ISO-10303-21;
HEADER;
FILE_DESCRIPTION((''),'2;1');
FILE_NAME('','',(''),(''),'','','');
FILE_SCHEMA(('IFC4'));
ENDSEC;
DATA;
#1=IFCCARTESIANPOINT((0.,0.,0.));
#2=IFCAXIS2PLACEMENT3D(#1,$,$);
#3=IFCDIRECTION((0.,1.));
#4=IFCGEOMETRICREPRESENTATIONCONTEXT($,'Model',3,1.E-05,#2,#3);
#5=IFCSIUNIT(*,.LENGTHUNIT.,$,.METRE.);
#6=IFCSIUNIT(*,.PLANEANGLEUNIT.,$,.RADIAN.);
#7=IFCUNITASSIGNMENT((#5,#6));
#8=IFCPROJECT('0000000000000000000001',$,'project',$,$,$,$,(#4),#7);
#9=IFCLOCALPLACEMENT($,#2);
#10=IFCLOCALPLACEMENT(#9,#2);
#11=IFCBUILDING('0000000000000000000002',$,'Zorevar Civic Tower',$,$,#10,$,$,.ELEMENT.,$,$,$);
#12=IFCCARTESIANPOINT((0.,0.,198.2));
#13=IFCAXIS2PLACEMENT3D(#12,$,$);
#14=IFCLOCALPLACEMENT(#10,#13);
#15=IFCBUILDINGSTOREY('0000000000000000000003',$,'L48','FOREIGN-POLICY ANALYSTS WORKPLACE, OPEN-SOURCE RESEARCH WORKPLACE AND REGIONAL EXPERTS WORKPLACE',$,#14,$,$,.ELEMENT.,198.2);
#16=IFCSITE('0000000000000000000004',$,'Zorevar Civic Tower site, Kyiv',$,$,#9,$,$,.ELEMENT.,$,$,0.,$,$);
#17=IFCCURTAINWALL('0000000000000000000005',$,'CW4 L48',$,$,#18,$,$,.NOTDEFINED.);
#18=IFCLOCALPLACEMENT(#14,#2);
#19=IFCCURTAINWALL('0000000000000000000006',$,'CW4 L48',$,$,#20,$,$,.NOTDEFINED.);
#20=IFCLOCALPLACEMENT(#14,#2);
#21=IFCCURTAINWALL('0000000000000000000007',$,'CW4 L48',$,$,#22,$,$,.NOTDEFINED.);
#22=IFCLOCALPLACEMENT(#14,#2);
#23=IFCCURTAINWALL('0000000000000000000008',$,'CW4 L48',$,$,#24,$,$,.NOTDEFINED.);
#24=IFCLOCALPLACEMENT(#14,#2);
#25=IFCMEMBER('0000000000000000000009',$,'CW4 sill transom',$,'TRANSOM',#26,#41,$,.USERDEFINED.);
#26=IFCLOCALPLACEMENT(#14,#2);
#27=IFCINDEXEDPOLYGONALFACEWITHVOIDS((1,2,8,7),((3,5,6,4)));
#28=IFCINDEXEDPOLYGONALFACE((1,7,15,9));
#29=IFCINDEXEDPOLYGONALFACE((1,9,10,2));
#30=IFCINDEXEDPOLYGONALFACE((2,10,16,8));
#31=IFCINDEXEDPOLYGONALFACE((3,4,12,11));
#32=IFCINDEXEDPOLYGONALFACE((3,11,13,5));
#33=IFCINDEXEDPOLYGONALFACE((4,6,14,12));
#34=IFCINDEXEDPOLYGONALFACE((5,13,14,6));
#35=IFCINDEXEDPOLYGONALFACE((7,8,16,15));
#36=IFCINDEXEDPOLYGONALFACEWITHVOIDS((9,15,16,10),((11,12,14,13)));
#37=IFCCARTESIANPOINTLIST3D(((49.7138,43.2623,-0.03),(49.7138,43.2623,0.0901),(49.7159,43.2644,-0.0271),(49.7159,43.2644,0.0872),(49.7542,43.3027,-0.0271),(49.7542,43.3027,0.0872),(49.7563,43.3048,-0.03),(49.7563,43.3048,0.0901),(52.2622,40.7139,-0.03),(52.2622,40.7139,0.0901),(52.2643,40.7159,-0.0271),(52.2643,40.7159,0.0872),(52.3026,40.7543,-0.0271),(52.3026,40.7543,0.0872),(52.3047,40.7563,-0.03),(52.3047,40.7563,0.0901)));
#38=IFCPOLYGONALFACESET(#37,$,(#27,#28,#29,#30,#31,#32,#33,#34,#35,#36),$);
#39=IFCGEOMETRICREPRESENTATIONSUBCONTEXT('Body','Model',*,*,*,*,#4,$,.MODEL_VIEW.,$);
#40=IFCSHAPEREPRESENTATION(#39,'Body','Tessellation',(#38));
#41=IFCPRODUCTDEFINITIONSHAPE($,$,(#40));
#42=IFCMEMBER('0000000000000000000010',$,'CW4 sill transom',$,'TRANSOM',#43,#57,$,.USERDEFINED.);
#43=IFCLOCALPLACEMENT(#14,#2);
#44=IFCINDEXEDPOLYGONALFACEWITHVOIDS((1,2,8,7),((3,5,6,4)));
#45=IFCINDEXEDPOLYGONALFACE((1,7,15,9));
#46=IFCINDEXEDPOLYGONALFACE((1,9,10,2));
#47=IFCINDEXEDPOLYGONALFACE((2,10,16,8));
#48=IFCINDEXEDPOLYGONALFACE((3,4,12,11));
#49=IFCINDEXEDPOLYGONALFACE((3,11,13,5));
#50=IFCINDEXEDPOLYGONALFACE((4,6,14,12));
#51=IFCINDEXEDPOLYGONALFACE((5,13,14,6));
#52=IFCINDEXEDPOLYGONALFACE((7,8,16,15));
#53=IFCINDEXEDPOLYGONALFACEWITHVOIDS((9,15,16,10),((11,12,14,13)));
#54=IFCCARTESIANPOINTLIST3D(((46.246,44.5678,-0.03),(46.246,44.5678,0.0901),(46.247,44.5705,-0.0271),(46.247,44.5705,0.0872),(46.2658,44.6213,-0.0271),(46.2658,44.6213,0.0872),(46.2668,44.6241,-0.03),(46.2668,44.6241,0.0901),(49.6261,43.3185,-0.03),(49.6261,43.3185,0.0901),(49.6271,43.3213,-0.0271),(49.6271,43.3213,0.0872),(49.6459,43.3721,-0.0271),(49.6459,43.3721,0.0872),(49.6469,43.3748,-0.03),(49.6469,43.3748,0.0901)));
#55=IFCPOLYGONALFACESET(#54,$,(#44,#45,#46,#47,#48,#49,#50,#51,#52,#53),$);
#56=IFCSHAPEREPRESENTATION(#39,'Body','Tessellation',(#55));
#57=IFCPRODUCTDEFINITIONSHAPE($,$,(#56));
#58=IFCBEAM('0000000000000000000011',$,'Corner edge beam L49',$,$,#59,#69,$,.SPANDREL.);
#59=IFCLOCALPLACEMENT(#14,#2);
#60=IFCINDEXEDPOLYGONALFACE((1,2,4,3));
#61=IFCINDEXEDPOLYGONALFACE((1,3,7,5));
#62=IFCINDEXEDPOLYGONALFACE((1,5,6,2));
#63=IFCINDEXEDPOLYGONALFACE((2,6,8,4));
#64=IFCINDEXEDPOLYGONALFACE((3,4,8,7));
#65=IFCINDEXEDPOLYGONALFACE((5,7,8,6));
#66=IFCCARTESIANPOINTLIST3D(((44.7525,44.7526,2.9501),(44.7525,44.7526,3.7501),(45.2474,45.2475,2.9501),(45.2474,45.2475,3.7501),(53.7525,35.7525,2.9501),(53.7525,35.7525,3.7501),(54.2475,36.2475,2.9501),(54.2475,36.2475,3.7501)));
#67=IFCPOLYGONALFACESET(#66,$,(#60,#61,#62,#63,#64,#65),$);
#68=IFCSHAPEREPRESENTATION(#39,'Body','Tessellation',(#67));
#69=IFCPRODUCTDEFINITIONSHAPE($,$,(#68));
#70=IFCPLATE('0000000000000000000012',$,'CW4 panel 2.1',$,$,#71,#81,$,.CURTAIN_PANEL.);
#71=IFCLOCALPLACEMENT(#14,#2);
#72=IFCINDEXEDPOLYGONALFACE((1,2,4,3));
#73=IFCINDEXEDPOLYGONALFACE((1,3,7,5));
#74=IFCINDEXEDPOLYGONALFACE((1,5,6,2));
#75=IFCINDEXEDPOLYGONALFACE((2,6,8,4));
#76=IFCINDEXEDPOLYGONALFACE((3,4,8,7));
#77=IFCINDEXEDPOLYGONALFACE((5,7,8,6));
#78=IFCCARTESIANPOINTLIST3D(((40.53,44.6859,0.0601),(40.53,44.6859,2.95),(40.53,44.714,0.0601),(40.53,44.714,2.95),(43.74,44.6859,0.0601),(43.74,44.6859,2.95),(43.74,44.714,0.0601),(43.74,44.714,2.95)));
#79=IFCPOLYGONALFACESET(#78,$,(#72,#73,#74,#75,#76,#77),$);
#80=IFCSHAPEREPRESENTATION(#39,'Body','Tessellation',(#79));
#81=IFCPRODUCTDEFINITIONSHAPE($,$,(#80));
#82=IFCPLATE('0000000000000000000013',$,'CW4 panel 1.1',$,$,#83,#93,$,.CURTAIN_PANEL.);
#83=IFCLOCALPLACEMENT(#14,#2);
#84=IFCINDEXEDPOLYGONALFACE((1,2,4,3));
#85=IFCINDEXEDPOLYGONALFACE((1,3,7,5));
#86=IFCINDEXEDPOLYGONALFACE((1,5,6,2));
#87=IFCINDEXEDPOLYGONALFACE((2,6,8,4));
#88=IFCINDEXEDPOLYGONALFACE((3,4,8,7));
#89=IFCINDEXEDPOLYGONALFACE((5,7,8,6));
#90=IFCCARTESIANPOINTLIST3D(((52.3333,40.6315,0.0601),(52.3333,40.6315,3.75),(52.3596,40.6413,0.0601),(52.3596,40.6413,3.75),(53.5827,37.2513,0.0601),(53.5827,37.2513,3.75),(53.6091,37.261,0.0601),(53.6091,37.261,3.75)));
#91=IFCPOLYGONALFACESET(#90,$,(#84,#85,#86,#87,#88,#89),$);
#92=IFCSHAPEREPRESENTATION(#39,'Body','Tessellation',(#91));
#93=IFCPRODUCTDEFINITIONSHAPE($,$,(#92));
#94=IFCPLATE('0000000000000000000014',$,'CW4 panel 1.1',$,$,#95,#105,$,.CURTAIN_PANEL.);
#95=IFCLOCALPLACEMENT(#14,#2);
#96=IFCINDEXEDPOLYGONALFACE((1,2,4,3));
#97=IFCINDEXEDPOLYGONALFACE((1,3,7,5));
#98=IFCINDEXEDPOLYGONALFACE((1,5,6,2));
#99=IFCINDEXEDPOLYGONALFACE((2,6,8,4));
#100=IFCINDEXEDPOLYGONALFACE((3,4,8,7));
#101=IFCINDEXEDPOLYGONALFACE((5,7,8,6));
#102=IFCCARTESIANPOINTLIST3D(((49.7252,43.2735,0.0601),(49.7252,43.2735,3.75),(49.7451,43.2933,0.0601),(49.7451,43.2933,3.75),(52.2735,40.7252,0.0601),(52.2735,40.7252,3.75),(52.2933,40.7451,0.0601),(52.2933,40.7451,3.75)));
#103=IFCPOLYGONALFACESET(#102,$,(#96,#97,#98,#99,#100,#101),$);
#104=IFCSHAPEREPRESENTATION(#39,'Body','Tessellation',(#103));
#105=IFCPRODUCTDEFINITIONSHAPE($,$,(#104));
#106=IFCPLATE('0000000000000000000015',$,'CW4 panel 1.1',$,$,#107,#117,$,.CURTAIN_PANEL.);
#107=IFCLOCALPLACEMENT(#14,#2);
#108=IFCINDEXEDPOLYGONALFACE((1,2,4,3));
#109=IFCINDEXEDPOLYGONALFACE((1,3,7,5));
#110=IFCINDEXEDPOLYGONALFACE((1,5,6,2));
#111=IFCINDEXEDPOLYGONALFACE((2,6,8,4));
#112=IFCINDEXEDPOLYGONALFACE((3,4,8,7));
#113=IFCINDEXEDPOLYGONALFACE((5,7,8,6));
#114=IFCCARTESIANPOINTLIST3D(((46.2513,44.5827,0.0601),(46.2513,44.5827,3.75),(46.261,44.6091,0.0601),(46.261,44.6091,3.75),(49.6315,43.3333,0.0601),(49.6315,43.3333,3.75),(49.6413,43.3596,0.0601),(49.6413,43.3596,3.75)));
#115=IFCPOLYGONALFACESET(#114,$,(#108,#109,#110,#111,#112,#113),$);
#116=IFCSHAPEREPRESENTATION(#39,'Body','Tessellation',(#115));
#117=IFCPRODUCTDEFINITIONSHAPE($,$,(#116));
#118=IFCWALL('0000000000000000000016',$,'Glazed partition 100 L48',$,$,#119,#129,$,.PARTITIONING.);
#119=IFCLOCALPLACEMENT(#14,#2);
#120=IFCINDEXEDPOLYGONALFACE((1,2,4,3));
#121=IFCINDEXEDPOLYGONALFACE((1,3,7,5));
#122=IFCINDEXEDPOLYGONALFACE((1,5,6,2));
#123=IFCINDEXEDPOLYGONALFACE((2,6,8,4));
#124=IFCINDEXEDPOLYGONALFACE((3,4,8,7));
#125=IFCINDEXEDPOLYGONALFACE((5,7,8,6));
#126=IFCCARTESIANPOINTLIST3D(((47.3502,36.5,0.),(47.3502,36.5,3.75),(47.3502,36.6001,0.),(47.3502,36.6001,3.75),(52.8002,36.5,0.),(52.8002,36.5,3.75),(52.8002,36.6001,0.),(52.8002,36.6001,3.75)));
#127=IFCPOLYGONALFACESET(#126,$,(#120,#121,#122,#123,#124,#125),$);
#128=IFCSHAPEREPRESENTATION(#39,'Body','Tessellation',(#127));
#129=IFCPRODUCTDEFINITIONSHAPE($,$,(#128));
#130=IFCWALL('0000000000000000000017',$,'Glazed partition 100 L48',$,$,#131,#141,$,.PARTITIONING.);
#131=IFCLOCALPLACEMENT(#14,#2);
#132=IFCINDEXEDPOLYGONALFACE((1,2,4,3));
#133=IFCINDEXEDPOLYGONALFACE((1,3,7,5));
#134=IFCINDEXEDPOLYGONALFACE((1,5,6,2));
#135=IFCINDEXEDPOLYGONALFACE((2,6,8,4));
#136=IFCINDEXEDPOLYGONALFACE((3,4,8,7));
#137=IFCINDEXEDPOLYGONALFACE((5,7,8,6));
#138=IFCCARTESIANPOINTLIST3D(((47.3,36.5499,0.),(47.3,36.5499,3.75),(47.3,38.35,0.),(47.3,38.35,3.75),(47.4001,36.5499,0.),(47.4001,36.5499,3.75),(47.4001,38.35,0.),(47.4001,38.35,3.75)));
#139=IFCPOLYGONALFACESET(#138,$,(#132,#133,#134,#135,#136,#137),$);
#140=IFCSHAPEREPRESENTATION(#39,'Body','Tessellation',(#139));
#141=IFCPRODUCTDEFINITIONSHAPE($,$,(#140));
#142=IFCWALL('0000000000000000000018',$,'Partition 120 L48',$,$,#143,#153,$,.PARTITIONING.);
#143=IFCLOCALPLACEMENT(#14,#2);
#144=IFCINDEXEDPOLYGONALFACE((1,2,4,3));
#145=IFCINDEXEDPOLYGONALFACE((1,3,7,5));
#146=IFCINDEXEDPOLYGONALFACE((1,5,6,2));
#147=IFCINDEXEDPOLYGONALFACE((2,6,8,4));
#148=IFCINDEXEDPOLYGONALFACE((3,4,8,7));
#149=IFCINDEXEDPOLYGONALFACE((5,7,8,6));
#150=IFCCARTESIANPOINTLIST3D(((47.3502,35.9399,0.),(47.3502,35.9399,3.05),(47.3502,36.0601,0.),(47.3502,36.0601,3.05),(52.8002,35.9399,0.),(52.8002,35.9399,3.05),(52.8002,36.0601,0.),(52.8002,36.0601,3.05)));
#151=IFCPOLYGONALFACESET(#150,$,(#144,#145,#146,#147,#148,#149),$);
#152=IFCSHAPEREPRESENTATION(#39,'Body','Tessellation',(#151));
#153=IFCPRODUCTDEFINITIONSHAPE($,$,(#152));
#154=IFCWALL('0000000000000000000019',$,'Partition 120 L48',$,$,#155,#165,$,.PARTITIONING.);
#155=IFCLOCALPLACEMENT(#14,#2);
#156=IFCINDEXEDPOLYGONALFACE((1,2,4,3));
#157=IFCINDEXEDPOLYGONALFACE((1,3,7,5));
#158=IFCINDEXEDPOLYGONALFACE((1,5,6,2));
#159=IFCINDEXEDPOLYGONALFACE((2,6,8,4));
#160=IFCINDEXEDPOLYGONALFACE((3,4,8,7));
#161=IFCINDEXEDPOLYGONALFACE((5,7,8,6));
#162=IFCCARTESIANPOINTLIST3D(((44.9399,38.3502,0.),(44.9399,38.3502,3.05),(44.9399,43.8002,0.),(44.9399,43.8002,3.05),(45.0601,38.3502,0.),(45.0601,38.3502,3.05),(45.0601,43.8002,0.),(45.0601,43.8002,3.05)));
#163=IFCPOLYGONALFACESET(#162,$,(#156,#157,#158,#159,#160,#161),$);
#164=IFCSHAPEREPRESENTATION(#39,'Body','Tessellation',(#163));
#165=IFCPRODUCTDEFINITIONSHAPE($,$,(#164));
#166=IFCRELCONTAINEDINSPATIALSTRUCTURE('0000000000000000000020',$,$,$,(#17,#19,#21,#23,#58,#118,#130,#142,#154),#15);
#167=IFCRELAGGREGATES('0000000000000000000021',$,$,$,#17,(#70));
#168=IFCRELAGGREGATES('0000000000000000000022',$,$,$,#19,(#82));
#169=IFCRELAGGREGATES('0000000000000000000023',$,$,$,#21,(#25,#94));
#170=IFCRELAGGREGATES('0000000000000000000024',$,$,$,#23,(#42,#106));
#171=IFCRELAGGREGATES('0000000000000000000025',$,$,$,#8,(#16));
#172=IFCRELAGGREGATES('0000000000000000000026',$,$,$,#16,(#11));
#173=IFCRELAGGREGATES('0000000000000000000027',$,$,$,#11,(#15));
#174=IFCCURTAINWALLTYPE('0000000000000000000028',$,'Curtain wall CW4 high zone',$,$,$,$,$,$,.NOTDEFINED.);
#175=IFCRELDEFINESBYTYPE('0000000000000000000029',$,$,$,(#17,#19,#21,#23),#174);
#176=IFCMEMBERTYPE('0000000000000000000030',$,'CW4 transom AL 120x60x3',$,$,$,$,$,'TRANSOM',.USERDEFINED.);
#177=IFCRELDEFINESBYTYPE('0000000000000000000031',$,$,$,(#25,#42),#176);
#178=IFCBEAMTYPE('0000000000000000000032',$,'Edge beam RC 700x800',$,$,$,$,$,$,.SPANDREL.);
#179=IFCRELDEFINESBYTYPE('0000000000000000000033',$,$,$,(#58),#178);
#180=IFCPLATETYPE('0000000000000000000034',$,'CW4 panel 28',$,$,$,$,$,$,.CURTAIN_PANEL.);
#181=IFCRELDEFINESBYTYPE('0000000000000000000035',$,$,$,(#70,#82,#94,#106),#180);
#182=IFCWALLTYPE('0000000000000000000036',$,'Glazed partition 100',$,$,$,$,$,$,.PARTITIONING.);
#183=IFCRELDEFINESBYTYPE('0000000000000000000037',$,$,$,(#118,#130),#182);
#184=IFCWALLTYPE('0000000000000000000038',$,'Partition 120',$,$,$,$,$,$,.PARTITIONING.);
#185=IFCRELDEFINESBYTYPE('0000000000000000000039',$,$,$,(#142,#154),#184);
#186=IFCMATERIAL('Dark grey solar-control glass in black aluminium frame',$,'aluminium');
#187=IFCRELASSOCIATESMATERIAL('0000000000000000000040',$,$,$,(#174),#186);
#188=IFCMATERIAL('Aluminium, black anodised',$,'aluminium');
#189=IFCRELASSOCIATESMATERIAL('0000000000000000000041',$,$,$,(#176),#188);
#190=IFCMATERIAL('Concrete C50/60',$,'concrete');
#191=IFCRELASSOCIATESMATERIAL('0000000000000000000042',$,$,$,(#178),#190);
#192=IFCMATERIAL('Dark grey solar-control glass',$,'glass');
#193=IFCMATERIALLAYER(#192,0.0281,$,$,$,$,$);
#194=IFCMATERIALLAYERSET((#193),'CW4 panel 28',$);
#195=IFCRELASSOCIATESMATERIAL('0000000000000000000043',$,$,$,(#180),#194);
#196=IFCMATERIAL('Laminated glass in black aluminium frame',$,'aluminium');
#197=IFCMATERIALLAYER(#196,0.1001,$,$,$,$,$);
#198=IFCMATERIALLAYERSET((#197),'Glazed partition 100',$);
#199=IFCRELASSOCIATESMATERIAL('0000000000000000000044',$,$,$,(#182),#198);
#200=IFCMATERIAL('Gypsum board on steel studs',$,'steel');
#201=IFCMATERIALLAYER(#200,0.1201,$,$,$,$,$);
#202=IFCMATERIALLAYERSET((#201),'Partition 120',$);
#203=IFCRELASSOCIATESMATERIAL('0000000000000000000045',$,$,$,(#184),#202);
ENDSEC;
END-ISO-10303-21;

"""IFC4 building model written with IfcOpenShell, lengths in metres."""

from ifc_helpers import new_model, si_unit, direction, frame, frame_2d, origin, origin_2d, place, context, subcontext, project, spatial, rectangle, hollow_rectangle, extrude, material, layer, layer_set, material_profile, profile_set, type_object, element, aggregate, save


model = new_model("IFC4")

# Units and contexts
model_context = context("Model", 3, precision=1e-05, world=origin(), true_north=direction((0.0, 1.0)))
body_context = subcontext(model_context, "Body", "Model", "MODEL_VIEW")
ifc_project = project(units=[si_unit("LENGTHUNIT", "METRE"), si_unit("PLANEANGLEUNIT", "RADIAN")], contexts=[model_context])

# Site, building, storey
site_placement = place(None, origin())
site = spatial("IfcSite", under=ifc_project, at=site_placement, Name="Zorevar Civic Tower site, Kyiv", CompositionType="ELEMENT", RefElevation=0.0)
building_placement = place(site_placement, origin())
building = spatial("IfcBuilding", under=site, at=building_placement, Name="Zorevar Civic Tower", CompositionType="ELEMENT")
storey_placement = place(building_placement, frame((0.0, 0.0, 198.2)))
storey = spatial("IfcBuildingStorey", under=building, at=storey_placement, Name="L48", Description="FOREIGN-POLICY ANALYSTS WORKPLACE, OPEN-SOURCE RESEARCH WORKPLACE AND REGIONAL EXPERTS WORKPLACE", CompositionType="ELEMENT", Elevation=198.2)

# Curtain wall
ifc_material_1 = material(Name="Dark grey solar-control glass in black aluminium frame", Category="aluminium")
curtain_wall_type = type_object("IfcCurtainWallType", Name="Curtain wall CW4 high zone", PredefinedType="NOTDEFINED", material=ifc_material_1)
curtain_wall_1_placement = place(storey_placement, origin())
curtain_wall_1 = element("IfcCurtainWall", 1, at=curtain_wall_1_placement, inside=storey, type_object=curtain_wall_type, Name="CW4 L48", PredefinedType="NOTDEFINED")

# Curtain walls
curtain_wall_2_placement = place(storey_placement, origin())
curtain_wall_2 = element("IfcCurtainWall", 2, at=curtain_wall_2_placement, inside=storey, type_object=curtain_wall_type, Name="CW4 L48", PredefinedType="NOTDEFINED")
curtain_wall_3_placement = place(storey_placement, origin())
curtain_wall_3 = element("IfcCurtainWall", 3, at=curtain_wall_3_placement, inside=storey, type_object=curtain_wall_type, Name="CW4 L48", PredefinedType="NOTDEFINED")
curtain_wall_4_placement = place(storey_placement, origin())
curtain_wall_4 = element("IfcCurtainWall", 4, at=curtain_wall_4_placement, inside=storey, type_object=curtain_wall_type, Name="CW4 L48", PredefinedType="NOTDEFINED")

# Members
ifc_material_2 = material(Name="Aluminium, black anodised", Category="aluminium")
ifc_material_profile_1 = material_profile(ifc_material_2, hollow_rectangle(XDim=0.0601, YDim=0.1201, WallThickness=0.0029, at=origin_2d()), Name="AL 120x60x3")
ifc_profile_set_1 = profile_set([ifc_material_profile_1], Name="Aluminium, black anodised")
member_type_1 = type_object("IfcMemberType", Name="CW4 transom AL 120x60x3", ElementType="TRANSOM", PredefinedType="USERDEFINED", material=ifc_profile_set_1)
member_1_placement = place(storey_placement, frame((52.2834, 40.7351, 0.03), z_axis=(-0.707107, 0.707107, 0.0), x_axis=(-0.707107, -0.707107, 0.0)))
member_1 = element("IfcMember", 5, at=member_1_placement, type_object=member_type_1, Name="CW4 sill transom", ObjectType="TRANSOM", PredefinedType="USERDEFINED", context=body_context, shape_type="SweptSolid", body=[
    extrude(hollow_rectangle(XDim=0.0601, YDim=0.1201, WallThickness=0.0029, at=origin_2d()), origin(), (0.0, 0.0, 1.0), 3.604),
])
member_2_placement = place(storey_placement, frame((49.6365, 43.3467, 0.03), z_axis=(-0.937986, 0.346672, 0.0), x_axis=(-0.346672, -0.937986, 0.0)))
member_2 = element("IfcMember", 6, at=member_2_placement, type_object=member_type_1, Name="CW4 sill transom", ObjectType="TRANSOM", PredefinedType="USERDEFINED", context=body_context, shape_type="SweptSolid", body=[
    extrude(hollow_rectangle(XDim=0.0601, YDim=0.1201, WallThickness=0.0029, at=origin_2d()), origin(), (0.0, 0.0, 1.0), 3.6035),
])

# Beam
ifc_material_3 = material(Name="Concrete C50/60", Category="concrete")
ifc_material_profile_2 = material_profile(ifc_material_3, rectangle(XDim=0.7, YDim=0.8, at=origin_2d()), Name="RC 700x800")
ifc_profile_set_2 = profile_set([ifc_material_profile_2], Name="Concrete C50/60")
beam_type_1 = type_object("IfcBeamType", Name="Edge beam RC 700x800", PredefinedType="SPANDREL", material=ifc_profile_set_2)
beam_1_placement = place(storey_placement, frame((54.0, 36.0, 3.3501), z_axis=(-0.707107, 0.707107, 0.0), x_axis=(-0.707107, -0.707107, 0.0)))
element("IfcBeam", 7, at=beam_1_placement, inside=storey, type_object=beam_type_1, Name="Corner edge beam L49", PredefinedType="SPANDREL", context=body_context, shape_type="SweptSolid", body=[
    extrude(rectangle(XDim=0.7, YDim=0.8, at=origin_2d()), origin(), (0.0, 0.0, 1.0), 12.728),
])

# Plates
ifc_material_4 = material(Name="Dark grey solar-control glass", Category="glass")
ifc_layer_1 = layer(ifc_material_4, 0.0281)
ifc_layer_set_1 = layer_set([ifc_layer_1], Name="CW4 panel 28")
plate_type = type_object("IfcPlateType", Name="CW4 panel 28", PredefinedType="CURTAIN_PANEL", material=ifc_layer_set_1)
plate_1_placement = place(storey_placement, frame((42.135, 44.7, 0.0601), z_axis=(0.0, 0.0, 1.0), x_axis=(1.0, 0.0, 0.0)))
plate_1 = element("IfcPlate", 8, at=plate_1_placement, type_object=plate_type, Name="CW4 panel 2.1", PredefinedType="CURTAIN_PANEL", context=body_context, shape_type="SweptSolid", body=[
    extrude(rectangle(XDim=3.21, YDim=0.0281, at=origin_2d()), origin(), (0.0, 0.0, 1.0), 2.8899),
])
aggregate(curtain_wall_1, [plate_1])
plate_2_placement = place(storey_placement, frame((52.9712, 38.9463, 0.0601), z_axis=(0.0, 0.0, 1.0), x_axis=(-0.346704, 0.937975, 0.0)))
plate_2 = element("IfcPlate", 9, at=plate_2_placement, type_object=plate_type, Name="CW4 panel 1.1", PredefinedType="CURTAIN_PANEL", context=body_context, shape_type="SweptSolid", body=[
    extrude(rectangle(XDim=3.6038, YDim=0.0281, at=origin_2d()), origin(), (0.0, 0.0, 1.0), 3.6899),
])
aggregate(curtain_wall_2, [plate_2])
plate_3_placement = place(storey_placement, frame((51.0093, 42.0093, 0.0601), z_axis=(0.0, 0.0, 1.0), x_axis=(-0.707107, 0.707107, 0.0)))
plate_3 = element("IfcPlate", 10, at=plate_3_placement, type_object=plate_type, Name="CW4 panel 1.1", PredefinedType="CURTAIN_PANEL", context=body_context, shape_type="SweptSolid", body=[
    extrude(rectangle(XDim=3.6038, YDim=0.0281, at=origin_2d()), origin(), (0.0, 0.0, 1.0), 3.6899),
])
aggregate(curtain_wall_3, [member_1, plate_3])
plate_4_placement = place(storey_placement, frame((47.9463, 43.9712, 0.0601), z_axis=(0.0, 0.0, 1.0), x_axis=(-0.937975, 0.346704, 0.0)))
plate_4 = element("IfcPlate", 11, at=plate_4_placement, type_object=plate_type, Name="CW4 panel 1.1", PredefinedType="CURTAIN_PANEL", context=body_context, shape_type="SweptSolid", body=[
    extrude(rectangle(XDim=3.6038, YDim=0.0281, at=origin_2d()), origin(), (0.0, 0.0, 1.0), 3.6899),
])
aggregate(curtain_wall_4, [member_2, plate_4])

# Wall
ifc_material_5 = material(Name="Laminated glass in black aluminium frame", Category="aluminium")
ifc_layer_2 = layer(ifc_material_5, 0.1001)
ifc_layer_set_2 = layer_set([ifc_layer_2], Name="Glazed partition 100")
wall_type_1 = type_object("IfcWallType", Name="Glazed partition 100", PredefinedType="PARTITIONING", material=ifc_layer_set_2)
wall_1_placement = place(storey_placement, frame((47.3501, 36.55, 0.0), z_axis=(0.0, 0.0, 1.0), x_axis=(1.0, 0.0, 0.0)))
element("IfcWall", 12, at=wall_1_placement, inside=storey, type_object=wall_type_1, Name="Glazed partition 100 L48", PredefinedType="PARTITIONING", context=body_context, shape_type="SweptSolid", body=[
    extrude(rectangle(XDim=5.45, YDim=0.1001, at=frame_2d((2.7251, 0.0))), origin(), (0.0, 0.0, 1.0), 3.75),
])

# Walls
wall_2_placement = place(storey_placement, frame((47.3501, 36.55, 0.0), z_axis=(0.0, 0.0, 1.0), x_axis=(0.0, 1.0, 0.0)))
element("IfcWall", 13, at=wall_2_placement, inside=storey, type_object=wall_type_1, Name="Glazed partition 100 L48", PredefinedType="PARTITIONING", context=body_context, shape_type="SweptSolid", body=[
    extrude(rectangle(XDim=1.8, YDim=0.1001, at=frame_2d((0.8999, 0.0))), origin(), (0.0, 0.0, 1.0), 3.75),
])
ifc_material_6 = material(Name="Gypsum board on steel studs", Category="steel")
ifc_layer_3 = layer(ifc_material_6, 0.1201)
ifc_layer_set_3 = layer_set([ifc_layer_3], Name="Partition 120")
wall_type_2 = type_object("IfcWallType", Name="Partition 120", PredefinedType="PARTITIONING", material=ifc_layer_set_3)
for number, where, z_axis, x_axis, name in (
    (14, (47.3501, 36.0, 0.0), (0.0, 0.0, 1.0), (1.0, 0.0, 0.0), "Partition 120 L48"),
    (15, (45.0, 38.3501, 0.0), (0.0, 0.0, 1.0), (0.0, 1.0, 0.0), "Partition 120 L48"),
):
    element("IfcWall", number, at=place(storey_placement, frame(where, z_axis=z_axis, x_axis=x_axis)), inside=storey, type_object=wall_type_2, Name=name, PredefinedType="PARTITIONING", context=body_context, shape_type="SweptSolid", body=[
        extrude(rectangle(XDim=5.45, YDim=0.1201, at=frame_2d((2.7251, 0.0))), origin(), (0.0, 0.0, 1.0), 3.05),
    ])

save(model, "model.ifc")
